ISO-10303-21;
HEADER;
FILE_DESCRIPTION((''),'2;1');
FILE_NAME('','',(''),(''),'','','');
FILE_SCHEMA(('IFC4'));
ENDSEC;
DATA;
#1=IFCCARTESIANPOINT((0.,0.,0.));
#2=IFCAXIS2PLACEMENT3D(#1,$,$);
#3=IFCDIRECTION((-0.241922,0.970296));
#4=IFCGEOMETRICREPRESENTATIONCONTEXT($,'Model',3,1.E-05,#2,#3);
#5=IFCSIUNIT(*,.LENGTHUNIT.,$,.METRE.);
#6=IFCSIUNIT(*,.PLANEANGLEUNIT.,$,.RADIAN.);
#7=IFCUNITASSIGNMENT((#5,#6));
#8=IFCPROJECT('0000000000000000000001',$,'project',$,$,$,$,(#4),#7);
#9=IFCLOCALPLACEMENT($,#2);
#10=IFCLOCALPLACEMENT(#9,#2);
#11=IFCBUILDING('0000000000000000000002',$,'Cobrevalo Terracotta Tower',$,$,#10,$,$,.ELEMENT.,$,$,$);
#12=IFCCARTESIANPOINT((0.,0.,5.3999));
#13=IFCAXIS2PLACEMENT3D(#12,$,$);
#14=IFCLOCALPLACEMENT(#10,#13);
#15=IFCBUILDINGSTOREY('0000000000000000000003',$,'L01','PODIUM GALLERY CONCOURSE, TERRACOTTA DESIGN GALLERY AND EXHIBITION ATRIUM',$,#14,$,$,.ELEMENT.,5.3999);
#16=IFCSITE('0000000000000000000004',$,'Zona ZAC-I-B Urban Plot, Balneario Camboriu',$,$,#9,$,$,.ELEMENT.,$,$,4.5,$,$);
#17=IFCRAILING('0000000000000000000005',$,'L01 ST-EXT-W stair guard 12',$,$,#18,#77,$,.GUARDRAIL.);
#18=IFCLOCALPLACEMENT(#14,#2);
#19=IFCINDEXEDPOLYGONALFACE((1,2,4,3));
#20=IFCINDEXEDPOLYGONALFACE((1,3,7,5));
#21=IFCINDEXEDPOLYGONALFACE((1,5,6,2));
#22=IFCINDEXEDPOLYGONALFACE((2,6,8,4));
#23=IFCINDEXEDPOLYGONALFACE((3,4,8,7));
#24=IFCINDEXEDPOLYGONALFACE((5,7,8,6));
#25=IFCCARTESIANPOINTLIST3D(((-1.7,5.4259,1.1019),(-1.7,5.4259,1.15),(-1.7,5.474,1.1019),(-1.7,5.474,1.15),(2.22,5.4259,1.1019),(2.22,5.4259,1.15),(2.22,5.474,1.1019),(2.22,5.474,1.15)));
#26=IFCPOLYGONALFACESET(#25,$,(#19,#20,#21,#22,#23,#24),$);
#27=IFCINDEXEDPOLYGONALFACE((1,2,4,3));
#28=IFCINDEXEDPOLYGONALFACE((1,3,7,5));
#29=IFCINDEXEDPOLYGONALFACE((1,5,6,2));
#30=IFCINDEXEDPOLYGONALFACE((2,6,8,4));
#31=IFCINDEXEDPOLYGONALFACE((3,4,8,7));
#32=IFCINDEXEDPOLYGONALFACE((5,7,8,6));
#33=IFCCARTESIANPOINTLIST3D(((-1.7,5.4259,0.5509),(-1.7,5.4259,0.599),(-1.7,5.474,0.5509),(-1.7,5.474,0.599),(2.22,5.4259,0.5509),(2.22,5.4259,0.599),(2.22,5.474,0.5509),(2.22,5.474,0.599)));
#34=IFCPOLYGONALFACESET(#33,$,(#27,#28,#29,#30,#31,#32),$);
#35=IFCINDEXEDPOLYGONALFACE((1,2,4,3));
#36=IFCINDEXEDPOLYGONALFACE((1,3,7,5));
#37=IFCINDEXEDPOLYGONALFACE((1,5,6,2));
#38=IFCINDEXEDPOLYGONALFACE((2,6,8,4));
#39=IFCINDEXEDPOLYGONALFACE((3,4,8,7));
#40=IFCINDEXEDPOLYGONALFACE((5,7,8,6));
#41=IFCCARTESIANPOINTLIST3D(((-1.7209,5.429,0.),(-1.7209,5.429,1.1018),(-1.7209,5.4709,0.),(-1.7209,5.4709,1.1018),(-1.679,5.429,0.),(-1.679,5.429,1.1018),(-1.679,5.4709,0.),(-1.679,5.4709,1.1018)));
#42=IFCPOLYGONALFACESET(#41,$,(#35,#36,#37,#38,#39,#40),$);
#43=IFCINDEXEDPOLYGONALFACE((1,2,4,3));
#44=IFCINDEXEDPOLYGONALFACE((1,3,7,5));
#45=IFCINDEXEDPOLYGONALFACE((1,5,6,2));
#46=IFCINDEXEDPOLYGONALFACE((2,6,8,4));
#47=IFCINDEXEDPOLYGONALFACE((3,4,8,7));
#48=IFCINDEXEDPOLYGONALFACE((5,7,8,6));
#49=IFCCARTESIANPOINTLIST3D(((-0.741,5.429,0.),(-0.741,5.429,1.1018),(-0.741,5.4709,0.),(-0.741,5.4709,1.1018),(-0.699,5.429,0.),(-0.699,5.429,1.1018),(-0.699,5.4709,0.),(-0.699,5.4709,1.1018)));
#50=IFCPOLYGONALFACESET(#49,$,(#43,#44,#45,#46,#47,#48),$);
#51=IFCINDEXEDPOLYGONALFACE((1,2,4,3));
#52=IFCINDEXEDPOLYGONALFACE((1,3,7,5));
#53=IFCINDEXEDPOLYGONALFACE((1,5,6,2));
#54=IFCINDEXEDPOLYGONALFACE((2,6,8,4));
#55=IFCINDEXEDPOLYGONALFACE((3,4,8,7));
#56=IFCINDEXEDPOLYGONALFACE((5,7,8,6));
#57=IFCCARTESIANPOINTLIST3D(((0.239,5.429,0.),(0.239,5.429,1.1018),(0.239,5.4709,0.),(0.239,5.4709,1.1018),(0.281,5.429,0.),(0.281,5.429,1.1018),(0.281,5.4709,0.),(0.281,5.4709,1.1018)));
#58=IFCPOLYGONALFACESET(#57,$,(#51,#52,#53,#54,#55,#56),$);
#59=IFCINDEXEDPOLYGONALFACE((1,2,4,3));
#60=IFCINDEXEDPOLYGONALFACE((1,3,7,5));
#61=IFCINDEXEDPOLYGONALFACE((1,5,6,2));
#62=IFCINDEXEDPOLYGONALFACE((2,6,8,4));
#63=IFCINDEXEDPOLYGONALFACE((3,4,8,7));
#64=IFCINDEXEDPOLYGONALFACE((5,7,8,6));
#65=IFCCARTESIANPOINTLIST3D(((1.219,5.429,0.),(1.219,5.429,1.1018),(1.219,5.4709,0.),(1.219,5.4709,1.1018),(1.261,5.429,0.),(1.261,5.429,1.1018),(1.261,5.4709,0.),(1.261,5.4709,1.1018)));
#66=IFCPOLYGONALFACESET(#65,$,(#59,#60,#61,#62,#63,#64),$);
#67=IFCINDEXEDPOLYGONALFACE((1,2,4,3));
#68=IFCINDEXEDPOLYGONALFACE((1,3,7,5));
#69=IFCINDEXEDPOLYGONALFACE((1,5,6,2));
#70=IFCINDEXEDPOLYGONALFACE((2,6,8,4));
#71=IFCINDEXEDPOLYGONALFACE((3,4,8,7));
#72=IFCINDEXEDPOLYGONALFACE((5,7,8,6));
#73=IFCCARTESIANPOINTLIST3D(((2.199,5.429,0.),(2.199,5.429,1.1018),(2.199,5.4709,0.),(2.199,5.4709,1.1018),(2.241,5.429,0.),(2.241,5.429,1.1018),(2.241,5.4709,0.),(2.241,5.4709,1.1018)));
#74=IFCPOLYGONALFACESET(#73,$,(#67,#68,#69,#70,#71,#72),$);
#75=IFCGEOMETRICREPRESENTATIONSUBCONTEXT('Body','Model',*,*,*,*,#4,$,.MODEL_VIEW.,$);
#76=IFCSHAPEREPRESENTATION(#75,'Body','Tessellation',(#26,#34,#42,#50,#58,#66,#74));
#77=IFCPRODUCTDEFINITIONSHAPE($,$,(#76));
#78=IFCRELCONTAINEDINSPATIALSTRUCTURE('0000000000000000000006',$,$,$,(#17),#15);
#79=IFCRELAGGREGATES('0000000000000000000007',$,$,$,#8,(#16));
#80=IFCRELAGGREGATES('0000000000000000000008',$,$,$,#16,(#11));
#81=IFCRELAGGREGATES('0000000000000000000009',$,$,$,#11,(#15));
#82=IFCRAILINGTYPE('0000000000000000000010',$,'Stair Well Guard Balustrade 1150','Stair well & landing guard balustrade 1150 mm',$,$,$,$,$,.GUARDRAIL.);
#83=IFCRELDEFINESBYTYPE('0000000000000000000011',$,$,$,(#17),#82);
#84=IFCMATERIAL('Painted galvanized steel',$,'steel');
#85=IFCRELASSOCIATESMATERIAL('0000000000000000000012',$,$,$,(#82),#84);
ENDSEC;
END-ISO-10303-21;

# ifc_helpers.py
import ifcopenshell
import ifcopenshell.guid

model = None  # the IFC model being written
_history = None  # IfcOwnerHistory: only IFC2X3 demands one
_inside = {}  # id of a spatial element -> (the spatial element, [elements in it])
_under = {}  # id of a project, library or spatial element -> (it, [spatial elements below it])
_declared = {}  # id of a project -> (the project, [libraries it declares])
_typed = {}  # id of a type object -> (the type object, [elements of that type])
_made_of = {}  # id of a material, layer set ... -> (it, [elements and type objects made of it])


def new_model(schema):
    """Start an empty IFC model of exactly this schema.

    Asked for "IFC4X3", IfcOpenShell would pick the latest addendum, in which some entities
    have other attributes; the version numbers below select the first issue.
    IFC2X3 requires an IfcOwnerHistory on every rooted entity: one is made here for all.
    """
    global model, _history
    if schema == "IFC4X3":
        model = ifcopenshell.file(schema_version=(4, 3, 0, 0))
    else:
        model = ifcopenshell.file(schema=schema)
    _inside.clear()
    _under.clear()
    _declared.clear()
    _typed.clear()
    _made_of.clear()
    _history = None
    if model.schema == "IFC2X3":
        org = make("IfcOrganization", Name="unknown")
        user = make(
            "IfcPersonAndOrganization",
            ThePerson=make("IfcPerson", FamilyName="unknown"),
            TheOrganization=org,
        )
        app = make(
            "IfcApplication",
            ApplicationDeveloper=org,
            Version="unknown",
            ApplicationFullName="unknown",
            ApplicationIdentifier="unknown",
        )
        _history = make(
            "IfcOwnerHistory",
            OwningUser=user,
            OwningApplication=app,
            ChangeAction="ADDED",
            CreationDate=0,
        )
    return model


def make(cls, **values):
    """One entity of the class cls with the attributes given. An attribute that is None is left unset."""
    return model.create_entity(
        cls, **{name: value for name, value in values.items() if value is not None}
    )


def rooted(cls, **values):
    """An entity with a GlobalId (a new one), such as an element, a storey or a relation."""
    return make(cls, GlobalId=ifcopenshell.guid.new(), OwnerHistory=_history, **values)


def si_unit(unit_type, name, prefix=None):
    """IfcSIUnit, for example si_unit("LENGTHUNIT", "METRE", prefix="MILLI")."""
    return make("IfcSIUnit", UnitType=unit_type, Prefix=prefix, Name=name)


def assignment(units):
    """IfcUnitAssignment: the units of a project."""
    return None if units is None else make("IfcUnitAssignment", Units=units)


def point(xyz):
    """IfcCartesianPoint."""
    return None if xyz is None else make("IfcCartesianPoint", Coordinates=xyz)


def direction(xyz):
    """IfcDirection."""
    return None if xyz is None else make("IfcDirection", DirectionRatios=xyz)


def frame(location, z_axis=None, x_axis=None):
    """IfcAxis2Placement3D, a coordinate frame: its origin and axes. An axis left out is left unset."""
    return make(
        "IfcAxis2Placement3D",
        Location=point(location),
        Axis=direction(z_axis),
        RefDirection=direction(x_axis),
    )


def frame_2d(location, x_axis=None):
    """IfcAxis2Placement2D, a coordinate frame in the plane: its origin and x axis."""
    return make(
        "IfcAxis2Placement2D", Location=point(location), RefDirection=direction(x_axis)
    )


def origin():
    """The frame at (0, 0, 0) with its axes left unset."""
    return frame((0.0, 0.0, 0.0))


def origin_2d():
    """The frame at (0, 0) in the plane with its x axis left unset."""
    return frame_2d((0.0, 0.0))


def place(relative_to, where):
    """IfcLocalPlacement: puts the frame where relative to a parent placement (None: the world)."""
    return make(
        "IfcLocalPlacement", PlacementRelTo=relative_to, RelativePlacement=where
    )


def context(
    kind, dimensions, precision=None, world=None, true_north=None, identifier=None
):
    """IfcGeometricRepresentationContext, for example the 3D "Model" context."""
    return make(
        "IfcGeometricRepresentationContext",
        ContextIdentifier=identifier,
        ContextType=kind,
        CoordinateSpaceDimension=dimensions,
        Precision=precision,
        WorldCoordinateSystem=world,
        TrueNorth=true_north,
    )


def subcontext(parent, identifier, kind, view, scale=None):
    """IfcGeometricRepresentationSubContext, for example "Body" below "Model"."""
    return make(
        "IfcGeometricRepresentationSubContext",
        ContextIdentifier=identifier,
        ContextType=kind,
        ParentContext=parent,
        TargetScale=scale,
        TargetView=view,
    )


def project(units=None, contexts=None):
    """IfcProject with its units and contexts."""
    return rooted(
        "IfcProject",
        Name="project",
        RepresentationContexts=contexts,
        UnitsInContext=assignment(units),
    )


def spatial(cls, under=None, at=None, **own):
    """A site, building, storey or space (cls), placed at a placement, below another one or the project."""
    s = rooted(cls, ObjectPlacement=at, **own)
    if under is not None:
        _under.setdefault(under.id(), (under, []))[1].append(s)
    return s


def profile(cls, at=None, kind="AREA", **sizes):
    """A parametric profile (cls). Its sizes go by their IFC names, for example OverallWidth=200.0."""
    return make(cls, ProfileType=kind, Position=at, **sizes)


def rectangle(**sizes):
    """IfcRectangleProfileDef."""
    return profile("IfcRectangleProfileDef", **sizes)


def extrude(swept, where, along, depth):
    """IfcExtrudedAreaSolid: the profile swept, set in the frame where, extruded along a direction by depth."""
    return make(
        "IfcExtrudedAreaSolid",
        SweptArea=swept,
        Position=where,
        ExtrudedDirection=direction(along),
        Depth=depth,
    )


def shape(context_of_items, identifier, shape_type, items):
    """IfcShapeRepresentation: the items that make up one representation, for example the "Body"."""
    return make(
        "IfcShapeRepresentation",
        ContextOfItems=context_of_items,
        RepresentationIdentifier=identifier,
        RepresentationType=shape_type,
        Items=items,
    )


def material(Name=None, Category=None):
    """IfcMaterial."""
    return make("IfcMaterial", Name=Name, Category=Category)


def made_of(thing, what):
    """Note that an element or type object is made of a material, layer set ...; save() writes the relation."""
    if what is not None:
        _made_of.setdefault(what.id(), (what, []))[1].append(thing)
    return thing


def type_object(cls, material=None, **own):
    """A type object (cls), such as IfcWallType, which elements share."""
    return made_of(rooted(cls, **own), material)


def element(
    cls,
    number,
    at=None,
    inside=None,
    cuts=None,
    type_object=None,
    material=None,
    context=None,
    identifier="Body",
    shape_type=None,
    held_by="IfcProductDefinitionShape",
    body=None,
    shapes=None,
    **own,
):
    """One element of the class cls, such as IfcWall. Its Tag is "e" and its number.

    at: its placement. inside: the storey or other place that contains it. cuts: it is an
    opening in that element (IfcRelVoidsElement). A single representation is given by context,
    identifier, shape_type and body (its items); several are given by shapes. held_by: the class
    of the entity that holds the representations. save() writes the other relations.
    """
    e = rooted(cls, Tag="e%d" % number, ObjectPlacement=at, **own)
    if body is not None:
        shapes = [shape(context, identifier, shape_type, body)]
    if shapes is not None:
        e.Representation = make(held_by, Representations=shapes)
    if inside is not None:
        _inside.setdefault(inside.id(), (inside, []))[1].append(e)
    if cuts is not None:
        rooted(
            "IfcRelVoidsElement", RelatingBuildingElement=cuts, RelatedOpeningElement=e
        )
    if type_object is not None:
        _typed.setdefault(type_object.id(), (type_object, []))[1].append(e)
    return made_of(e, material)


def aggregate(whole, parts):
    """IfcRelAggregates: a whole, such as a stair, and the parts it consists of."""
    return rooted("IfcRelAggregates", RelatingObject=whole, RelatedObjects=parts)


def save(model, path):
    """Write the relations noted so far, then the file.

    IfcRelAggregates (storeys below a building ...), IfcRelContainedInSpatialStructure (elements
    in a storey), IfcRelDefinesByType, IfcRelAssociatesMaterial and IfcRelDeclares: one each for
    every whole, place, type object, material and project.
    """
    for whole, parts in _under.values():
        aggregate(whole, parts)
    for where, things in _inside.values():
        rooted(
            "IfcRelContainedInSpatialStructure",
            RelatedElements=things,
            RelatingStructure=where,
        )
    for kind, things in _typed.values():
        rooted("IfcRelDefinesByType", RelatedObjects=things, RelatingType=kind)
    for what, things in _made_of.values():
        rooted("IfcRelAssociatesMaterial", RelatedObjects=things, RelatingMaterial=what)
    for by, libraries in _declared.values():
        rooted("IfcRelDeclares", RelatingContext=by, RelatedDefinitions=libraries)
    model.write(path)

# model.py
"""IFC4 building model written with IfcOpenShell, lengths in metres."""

from ifc_helpers import new_model, si_unit, direction, frame, origin, origin_2d, place, context, subcontext, project, spatial, rectangle, extrude, material, type_object, element, save


model = new_model("IFC4")

# Units and contexts
model_context = context("Model", 3, precision=1e-05, world=origin(), true_north=direction((-0.241922, 0.970296)))
body_context = subcontext(model_context, "Body", "Model", "MODEL_VIEW")
ifc_project = project(units=[si_unit("LENGTHUNIT", "METRE"), si_unit("PLANEANGLEUNIT", "RADIAN")], contexts=[model_context])

# Site, building, storey
site_placement = place(None, origin())
site = spatial("IfcSite", under=ifc_project, at=site_placement, Name="Zona ZAC-I-B Urban Plot, Balneario Camboriu", CompositionType="ELEMENT", RefElevation=4.5)
building_placement = place(site_placement, origin())
building = spatial("IfcBuilding", under=site, at=building_placement, Name="Cobrevalo Terracotta Tower", CompositionType="ELEMENT")
storey_placement = place(building_placement, frame((0.0, 0.0, 5.3999)))
storey = spatial("IfcBuildingStorey", under=building, at=storey_placement, Name="L01", Description="PODIUM GALLERY CONCOURSE, TERRACOTTA DESIGN GALLERY AND EXHIBITION ATRIUM", CompositionType="ELEMENT", Elevation=5.3999)

# Railing
ifc_material_1 = material(Name="Painted galvanized steel", Category="steel")
railing_type_1 = type_object("IfcRailingType", Name="Stair Well Guard Balustrade 1150", Description="Stair well & landing guard balustrade 1150 mm", PredefinedType="GUARDRAIL", material=ifc_material_1)
railing_1_placement = place(storey_placement, frame((-1.7, 5.45, 0.0)))
element("IfcRailing", 1, at=railing_1_placement, inside=storey, type_object=railing_type_1, Name="L01 ST-EXT-W stair guard 12", PredefinedType="GUARDRAIL", context=body_context, shape_type="SweptSolid", body=[
    extrude(rectangle(XDim=0.0481, YDim=0.0481, at=origin_2d()), frame((0.0, 0.0, 1.126), z_axis=(1.0, 0.0, 0.0), x_axis=(0.0, 1.0, 0.0)), (0.0, 0.0, 1.0), 3.9199),
    extrude(rectangle(XDim=0.0481, YDim=0.0481, at=origin_2d()), frame((0.0, 0.0, 0.575), z_axis=(1.0, 0.0, 0.0), x_axis=(0.0, 1.0, 0.0)), (0.0, 0.0, 1.0), 3.9199),
    extrude(rectangle(XDim=0.042, YDim=0.042, at=origin_2d()), origin(), (0.0, 0.0, 1.0), 1.1018),
    extrude(rectangle(XDim=0.042, YDim=0.042, at=origin_2d()), frame((0.98, 0.0, 0.0)), (0.0, 0.0, 1.0), 1.1018),
    extrude(rectangle(XDim=0.042, YDim=0.042, at=origin_2d()), frame((1.96, 0.0, 0.0)), (0.0, 0.0, 1.0), 1.1018),
    extrude(rectangle(XDim=0.042, YDim=0.042, at=origin_2d()), frame((2.9399, 0.0, 0.0)), (0.0, 0.0, 1.0), 1.1018),
    extrude(rectangle(XDim=0.042, YDim=0.042, at=origin_2d()), frame((3.9199, 0.0, 0.0)), (0.0, 0.0, 1.0), 1.1018),
])

save(model, "model.ifc")
